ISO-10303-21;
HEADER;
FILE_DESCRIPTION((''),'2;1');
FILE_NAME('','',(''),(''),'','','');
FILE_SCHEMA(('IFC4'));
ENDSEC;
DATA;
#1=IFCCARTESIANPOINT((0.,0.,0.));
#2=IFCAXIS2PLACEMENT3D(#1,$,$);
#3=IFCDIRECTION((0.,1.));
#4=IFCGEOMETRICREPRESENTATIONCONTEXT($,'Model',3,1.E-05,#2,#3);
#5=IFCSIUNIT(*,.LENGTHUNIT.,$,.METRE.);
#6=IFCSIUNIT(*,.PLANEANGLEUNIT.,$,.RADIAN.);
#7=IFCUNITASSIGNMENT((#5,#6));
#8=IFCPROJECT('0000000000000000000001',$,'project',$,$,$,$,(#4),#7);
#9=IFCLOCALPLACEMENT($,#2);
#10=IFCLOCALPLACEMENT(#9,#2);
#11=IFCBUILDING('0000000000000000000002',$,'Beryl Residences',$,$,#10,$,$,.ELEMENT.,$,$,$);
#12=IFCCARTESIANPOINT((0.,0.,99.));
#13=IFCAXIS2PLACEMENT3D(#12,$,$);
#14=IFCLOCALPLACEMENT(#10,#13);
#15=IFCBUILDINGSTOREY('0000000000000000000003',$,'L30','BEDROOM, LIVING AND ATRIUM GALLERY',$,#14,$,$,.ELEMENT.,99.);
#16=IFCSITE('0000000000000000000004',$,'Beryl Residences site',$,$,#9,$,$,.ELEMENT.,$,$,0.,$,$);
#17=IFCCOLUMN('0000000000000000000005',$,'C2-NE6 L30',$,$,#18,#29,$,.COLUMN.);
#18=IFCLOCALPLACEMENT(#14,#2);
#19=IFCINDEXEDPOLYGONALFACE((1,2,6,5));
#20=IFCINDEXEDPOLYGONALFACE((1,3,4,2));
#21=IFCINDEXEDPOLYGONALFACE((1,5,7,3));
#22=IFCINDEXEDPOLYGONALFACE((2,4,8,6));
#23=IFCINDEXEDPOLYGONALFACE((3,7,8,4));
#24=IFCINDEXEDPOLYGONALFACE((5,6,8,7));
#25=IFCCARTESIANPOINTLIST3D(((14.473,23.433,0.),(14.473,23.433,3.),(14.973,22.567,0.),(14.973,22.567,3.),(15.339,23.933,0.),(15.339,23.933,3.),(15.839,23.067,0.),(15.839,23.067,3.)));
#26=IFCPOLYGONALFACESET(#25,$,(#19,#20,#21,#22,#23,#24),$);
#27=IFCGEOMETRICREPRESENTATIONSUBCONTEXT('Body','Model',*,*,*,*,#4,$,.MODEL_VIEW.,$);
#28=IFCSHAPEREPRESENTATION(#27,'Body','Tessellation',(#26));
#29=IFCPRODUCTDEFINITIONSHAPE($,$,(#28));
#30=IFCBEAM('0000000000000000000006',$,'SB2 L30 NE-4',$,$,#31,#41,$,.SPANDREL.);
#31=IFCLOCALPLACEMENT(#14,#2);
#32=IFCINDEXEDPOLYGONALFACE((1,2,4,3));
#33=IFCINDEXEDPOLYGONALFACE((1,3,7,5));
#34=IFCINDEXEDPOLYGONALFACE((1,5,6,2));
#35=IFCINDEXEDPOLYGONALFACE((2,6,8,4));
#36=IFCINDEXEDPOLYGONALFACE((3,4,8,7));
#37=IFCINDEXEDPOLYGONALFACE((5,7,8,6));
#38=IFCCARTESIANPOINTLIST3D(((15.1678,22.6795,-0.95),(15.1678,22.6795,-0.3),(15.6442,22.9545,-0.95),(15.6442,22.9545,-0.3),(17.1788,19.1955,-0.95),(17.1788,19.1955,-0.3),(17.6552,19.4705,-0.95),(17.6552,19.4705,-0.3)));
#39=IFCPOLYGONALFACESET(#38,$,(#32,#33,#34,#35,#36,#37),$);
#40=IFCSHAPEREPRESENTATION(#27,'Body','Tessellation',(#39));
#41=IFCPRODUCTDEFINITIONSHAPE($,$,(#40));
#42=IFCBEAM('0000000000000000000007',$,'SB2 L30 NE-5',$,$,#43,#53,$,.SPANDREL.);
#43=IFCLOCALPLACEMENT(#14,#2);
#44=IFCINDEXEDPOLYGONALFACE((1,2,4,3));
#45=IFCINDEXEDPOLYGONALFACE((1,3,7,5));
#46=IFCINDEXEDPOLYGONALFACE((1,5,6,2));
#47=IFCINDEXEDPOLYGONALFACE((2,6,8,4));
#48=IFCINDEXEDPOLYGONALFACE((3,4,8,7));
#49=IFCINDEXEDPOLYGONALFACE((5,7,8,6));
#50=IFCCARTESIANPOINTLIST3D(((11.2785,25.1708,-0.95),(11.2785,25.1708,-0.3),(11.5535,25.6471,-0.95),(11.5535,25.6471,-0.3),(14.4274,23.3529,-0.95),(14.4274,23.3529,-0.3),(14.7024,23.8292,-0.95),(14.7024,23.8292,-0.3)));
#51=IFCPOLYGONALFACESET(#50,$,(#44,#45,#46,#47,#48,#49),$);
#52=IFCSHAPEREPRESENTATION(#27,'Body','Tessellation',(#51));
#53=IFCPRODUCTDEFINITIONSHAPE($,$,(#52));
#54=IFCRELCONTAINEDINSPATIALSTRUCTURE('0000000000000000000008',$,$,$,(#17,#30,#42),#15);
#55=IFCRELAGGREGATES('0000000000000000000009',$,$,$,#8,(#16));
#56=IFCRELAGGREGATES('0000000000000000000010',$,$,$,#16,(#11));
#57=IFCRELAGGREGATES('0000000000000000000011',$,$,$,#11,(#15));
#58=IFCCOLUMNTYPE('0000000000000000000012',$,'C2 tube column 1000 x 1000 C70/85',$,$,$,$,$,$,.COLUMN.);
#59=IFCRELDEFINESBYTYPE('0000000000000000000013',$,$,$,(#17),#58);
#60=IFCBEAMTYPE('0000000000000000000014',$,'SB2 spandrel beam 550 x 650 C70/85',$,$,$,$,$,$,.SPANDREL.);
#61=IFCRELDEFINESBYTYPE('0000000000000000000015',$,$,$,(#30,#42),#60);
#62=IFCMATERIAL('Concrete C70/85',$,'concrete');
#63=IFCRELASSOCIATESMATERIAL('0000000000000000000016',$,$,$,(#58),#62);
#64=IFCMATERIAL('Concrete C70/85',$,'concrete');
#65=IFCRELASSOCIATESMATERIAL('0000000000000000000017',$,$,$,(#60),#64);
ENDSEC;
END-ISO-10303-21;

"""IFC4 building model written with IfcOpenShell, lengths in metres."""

from ifc_helpers import new_model, si_unit, direction, frame, origin, origin_2d, place, context, subcontext, project, spatial, rectangle, extrude, material, material_profile, profile_set, type_object, element, save


model = new_model("IFC4")

# Units and contexts
model_context = context("Model", 3, precision=1e-05, world=origin(), true_north=direction((0.0, 1.0)))
body_context = subcontext(model_context, "Body", "Model", "MODEL_VIEW")
ifc_project = project(units=[si_unit("LENGTHUNIT", "METRE"), si_unit("PLANEANGLEUNIT", "RADIAN")], contexts=[model_context])

# Site, building, storey
site_placement = place(None, origin())
site = spatial("IfcSite", under=ifc_project, at=site_placement, Name="Beryl Residences site", CompositionType="ELEMENT", RefElevation=0.0)
building_placement = place(site_placement, origin())
building = spatial("IfcBuilding", under=site, at=building_placement, Name="Beryl Residences", CompositionType="ELEMENT")
storey_placement = place(building_placement, frame((0.0, 0.0, 99.0)))
storey = spatial("IfcBuildingStorey", under=building, at=storey_placement, Name="L30", Description="BEDROOM, LIVING AND ATRIUM GALLERY", CompositionType="ELEMENT", Elevation=99.0)

# Column
ifc_material_1 = material(Name="Concrete C70/85", Category="concrete")
ifc_material_profile_1 = material_profile(ifc_material_1, rectangle(XDim=1.0, YDim=1.0, at=origin_2d()))
ifc_profile_set_1 = profile_set([ifc_material_profile_1], Name="Concrete C70/85")
column_type = type_object("IfcColumnType", Name="C2 tube column 1000 x 1000 C70/85", PredefinedType="COLUMN", material=ifc_profile_set_1)
column_placement = place(storey_placement, frame((15.156, 23.25, 0.0), z_axis=(0.0, 0.0, 1.0), x_axis=(-0.5, 0.866025, 0.0)))
element("IfcColumn", 1, at=column_placement, inside=storey, type_object=column_type, Name="C2-NE6 L30", PredefinedType="COLUMN", context=body_context, shape_type="SweptSolid", body=[
    extrude(rectangle(XDim=1.0, YDim=1.0, at=origin_2d()), origin(), (0.0, 0.0, 1.0), 3.0),
])

# Beams
ifc_material_2 = material(Name="Concrete C70/85", Category="concrete")
ifc_material_profile_2 = material_profile(ifc_material_2, rectangle(XDim=0.55, YDim=0.6499, at=origin_2d()))
ifc_profile_set_2 = profile_set([ifc_material_profile_2], Name="Concrete C70/85")
beam_type = type_object("IfcBeamType", Name="SB2 spandrel beam 550 x 650 C70/85", PredefinedType="SPANDREL", material=ifc_profile_set_2)
beam_1_placement = place(storey_placement, frame((17.417, 19.333, -0.625), z_axis=(-0.499919, 0.866072, 0.0), x_axis=(-0.866072, -0.499919, 0.0)))
element("IfcBeam", 2, at=beam_1_placement, inside=storey, type_object=beam_type, Name="SB2 L30 NE-4", PredefinedType="SPANDREL", context=body_context, shape_type="SweptSolid", body=[
    extrude(rectangle(XDim=0.55, YDim=0.6499, at=origin_2d()), origin(), (0.0, 0.0, 1.0), 4.0227),
])
beam_2_placement = place(storey_placement, frame((14.5649, 23.5911, -0.625), z_axis=(-0.866045, 0.499967, 0.0), x_axis=(-0.499967, -0.866045, 0.0)))
element("IfcBeam", 3, at=beam_2_placement, inside=storey, type_object=beam_type, Name="SB2 L30 NE-5", PredefinedType="SPANDREL", context=body_context, shape_type="SweptSolid", body=[
    extrude(rectangle(XDim=0.55, YDim=0.6499, at=origin_2d()), origin(), (0.0, 0.0, 1.0), 3.636),
])

save(model, "model.ifc")
